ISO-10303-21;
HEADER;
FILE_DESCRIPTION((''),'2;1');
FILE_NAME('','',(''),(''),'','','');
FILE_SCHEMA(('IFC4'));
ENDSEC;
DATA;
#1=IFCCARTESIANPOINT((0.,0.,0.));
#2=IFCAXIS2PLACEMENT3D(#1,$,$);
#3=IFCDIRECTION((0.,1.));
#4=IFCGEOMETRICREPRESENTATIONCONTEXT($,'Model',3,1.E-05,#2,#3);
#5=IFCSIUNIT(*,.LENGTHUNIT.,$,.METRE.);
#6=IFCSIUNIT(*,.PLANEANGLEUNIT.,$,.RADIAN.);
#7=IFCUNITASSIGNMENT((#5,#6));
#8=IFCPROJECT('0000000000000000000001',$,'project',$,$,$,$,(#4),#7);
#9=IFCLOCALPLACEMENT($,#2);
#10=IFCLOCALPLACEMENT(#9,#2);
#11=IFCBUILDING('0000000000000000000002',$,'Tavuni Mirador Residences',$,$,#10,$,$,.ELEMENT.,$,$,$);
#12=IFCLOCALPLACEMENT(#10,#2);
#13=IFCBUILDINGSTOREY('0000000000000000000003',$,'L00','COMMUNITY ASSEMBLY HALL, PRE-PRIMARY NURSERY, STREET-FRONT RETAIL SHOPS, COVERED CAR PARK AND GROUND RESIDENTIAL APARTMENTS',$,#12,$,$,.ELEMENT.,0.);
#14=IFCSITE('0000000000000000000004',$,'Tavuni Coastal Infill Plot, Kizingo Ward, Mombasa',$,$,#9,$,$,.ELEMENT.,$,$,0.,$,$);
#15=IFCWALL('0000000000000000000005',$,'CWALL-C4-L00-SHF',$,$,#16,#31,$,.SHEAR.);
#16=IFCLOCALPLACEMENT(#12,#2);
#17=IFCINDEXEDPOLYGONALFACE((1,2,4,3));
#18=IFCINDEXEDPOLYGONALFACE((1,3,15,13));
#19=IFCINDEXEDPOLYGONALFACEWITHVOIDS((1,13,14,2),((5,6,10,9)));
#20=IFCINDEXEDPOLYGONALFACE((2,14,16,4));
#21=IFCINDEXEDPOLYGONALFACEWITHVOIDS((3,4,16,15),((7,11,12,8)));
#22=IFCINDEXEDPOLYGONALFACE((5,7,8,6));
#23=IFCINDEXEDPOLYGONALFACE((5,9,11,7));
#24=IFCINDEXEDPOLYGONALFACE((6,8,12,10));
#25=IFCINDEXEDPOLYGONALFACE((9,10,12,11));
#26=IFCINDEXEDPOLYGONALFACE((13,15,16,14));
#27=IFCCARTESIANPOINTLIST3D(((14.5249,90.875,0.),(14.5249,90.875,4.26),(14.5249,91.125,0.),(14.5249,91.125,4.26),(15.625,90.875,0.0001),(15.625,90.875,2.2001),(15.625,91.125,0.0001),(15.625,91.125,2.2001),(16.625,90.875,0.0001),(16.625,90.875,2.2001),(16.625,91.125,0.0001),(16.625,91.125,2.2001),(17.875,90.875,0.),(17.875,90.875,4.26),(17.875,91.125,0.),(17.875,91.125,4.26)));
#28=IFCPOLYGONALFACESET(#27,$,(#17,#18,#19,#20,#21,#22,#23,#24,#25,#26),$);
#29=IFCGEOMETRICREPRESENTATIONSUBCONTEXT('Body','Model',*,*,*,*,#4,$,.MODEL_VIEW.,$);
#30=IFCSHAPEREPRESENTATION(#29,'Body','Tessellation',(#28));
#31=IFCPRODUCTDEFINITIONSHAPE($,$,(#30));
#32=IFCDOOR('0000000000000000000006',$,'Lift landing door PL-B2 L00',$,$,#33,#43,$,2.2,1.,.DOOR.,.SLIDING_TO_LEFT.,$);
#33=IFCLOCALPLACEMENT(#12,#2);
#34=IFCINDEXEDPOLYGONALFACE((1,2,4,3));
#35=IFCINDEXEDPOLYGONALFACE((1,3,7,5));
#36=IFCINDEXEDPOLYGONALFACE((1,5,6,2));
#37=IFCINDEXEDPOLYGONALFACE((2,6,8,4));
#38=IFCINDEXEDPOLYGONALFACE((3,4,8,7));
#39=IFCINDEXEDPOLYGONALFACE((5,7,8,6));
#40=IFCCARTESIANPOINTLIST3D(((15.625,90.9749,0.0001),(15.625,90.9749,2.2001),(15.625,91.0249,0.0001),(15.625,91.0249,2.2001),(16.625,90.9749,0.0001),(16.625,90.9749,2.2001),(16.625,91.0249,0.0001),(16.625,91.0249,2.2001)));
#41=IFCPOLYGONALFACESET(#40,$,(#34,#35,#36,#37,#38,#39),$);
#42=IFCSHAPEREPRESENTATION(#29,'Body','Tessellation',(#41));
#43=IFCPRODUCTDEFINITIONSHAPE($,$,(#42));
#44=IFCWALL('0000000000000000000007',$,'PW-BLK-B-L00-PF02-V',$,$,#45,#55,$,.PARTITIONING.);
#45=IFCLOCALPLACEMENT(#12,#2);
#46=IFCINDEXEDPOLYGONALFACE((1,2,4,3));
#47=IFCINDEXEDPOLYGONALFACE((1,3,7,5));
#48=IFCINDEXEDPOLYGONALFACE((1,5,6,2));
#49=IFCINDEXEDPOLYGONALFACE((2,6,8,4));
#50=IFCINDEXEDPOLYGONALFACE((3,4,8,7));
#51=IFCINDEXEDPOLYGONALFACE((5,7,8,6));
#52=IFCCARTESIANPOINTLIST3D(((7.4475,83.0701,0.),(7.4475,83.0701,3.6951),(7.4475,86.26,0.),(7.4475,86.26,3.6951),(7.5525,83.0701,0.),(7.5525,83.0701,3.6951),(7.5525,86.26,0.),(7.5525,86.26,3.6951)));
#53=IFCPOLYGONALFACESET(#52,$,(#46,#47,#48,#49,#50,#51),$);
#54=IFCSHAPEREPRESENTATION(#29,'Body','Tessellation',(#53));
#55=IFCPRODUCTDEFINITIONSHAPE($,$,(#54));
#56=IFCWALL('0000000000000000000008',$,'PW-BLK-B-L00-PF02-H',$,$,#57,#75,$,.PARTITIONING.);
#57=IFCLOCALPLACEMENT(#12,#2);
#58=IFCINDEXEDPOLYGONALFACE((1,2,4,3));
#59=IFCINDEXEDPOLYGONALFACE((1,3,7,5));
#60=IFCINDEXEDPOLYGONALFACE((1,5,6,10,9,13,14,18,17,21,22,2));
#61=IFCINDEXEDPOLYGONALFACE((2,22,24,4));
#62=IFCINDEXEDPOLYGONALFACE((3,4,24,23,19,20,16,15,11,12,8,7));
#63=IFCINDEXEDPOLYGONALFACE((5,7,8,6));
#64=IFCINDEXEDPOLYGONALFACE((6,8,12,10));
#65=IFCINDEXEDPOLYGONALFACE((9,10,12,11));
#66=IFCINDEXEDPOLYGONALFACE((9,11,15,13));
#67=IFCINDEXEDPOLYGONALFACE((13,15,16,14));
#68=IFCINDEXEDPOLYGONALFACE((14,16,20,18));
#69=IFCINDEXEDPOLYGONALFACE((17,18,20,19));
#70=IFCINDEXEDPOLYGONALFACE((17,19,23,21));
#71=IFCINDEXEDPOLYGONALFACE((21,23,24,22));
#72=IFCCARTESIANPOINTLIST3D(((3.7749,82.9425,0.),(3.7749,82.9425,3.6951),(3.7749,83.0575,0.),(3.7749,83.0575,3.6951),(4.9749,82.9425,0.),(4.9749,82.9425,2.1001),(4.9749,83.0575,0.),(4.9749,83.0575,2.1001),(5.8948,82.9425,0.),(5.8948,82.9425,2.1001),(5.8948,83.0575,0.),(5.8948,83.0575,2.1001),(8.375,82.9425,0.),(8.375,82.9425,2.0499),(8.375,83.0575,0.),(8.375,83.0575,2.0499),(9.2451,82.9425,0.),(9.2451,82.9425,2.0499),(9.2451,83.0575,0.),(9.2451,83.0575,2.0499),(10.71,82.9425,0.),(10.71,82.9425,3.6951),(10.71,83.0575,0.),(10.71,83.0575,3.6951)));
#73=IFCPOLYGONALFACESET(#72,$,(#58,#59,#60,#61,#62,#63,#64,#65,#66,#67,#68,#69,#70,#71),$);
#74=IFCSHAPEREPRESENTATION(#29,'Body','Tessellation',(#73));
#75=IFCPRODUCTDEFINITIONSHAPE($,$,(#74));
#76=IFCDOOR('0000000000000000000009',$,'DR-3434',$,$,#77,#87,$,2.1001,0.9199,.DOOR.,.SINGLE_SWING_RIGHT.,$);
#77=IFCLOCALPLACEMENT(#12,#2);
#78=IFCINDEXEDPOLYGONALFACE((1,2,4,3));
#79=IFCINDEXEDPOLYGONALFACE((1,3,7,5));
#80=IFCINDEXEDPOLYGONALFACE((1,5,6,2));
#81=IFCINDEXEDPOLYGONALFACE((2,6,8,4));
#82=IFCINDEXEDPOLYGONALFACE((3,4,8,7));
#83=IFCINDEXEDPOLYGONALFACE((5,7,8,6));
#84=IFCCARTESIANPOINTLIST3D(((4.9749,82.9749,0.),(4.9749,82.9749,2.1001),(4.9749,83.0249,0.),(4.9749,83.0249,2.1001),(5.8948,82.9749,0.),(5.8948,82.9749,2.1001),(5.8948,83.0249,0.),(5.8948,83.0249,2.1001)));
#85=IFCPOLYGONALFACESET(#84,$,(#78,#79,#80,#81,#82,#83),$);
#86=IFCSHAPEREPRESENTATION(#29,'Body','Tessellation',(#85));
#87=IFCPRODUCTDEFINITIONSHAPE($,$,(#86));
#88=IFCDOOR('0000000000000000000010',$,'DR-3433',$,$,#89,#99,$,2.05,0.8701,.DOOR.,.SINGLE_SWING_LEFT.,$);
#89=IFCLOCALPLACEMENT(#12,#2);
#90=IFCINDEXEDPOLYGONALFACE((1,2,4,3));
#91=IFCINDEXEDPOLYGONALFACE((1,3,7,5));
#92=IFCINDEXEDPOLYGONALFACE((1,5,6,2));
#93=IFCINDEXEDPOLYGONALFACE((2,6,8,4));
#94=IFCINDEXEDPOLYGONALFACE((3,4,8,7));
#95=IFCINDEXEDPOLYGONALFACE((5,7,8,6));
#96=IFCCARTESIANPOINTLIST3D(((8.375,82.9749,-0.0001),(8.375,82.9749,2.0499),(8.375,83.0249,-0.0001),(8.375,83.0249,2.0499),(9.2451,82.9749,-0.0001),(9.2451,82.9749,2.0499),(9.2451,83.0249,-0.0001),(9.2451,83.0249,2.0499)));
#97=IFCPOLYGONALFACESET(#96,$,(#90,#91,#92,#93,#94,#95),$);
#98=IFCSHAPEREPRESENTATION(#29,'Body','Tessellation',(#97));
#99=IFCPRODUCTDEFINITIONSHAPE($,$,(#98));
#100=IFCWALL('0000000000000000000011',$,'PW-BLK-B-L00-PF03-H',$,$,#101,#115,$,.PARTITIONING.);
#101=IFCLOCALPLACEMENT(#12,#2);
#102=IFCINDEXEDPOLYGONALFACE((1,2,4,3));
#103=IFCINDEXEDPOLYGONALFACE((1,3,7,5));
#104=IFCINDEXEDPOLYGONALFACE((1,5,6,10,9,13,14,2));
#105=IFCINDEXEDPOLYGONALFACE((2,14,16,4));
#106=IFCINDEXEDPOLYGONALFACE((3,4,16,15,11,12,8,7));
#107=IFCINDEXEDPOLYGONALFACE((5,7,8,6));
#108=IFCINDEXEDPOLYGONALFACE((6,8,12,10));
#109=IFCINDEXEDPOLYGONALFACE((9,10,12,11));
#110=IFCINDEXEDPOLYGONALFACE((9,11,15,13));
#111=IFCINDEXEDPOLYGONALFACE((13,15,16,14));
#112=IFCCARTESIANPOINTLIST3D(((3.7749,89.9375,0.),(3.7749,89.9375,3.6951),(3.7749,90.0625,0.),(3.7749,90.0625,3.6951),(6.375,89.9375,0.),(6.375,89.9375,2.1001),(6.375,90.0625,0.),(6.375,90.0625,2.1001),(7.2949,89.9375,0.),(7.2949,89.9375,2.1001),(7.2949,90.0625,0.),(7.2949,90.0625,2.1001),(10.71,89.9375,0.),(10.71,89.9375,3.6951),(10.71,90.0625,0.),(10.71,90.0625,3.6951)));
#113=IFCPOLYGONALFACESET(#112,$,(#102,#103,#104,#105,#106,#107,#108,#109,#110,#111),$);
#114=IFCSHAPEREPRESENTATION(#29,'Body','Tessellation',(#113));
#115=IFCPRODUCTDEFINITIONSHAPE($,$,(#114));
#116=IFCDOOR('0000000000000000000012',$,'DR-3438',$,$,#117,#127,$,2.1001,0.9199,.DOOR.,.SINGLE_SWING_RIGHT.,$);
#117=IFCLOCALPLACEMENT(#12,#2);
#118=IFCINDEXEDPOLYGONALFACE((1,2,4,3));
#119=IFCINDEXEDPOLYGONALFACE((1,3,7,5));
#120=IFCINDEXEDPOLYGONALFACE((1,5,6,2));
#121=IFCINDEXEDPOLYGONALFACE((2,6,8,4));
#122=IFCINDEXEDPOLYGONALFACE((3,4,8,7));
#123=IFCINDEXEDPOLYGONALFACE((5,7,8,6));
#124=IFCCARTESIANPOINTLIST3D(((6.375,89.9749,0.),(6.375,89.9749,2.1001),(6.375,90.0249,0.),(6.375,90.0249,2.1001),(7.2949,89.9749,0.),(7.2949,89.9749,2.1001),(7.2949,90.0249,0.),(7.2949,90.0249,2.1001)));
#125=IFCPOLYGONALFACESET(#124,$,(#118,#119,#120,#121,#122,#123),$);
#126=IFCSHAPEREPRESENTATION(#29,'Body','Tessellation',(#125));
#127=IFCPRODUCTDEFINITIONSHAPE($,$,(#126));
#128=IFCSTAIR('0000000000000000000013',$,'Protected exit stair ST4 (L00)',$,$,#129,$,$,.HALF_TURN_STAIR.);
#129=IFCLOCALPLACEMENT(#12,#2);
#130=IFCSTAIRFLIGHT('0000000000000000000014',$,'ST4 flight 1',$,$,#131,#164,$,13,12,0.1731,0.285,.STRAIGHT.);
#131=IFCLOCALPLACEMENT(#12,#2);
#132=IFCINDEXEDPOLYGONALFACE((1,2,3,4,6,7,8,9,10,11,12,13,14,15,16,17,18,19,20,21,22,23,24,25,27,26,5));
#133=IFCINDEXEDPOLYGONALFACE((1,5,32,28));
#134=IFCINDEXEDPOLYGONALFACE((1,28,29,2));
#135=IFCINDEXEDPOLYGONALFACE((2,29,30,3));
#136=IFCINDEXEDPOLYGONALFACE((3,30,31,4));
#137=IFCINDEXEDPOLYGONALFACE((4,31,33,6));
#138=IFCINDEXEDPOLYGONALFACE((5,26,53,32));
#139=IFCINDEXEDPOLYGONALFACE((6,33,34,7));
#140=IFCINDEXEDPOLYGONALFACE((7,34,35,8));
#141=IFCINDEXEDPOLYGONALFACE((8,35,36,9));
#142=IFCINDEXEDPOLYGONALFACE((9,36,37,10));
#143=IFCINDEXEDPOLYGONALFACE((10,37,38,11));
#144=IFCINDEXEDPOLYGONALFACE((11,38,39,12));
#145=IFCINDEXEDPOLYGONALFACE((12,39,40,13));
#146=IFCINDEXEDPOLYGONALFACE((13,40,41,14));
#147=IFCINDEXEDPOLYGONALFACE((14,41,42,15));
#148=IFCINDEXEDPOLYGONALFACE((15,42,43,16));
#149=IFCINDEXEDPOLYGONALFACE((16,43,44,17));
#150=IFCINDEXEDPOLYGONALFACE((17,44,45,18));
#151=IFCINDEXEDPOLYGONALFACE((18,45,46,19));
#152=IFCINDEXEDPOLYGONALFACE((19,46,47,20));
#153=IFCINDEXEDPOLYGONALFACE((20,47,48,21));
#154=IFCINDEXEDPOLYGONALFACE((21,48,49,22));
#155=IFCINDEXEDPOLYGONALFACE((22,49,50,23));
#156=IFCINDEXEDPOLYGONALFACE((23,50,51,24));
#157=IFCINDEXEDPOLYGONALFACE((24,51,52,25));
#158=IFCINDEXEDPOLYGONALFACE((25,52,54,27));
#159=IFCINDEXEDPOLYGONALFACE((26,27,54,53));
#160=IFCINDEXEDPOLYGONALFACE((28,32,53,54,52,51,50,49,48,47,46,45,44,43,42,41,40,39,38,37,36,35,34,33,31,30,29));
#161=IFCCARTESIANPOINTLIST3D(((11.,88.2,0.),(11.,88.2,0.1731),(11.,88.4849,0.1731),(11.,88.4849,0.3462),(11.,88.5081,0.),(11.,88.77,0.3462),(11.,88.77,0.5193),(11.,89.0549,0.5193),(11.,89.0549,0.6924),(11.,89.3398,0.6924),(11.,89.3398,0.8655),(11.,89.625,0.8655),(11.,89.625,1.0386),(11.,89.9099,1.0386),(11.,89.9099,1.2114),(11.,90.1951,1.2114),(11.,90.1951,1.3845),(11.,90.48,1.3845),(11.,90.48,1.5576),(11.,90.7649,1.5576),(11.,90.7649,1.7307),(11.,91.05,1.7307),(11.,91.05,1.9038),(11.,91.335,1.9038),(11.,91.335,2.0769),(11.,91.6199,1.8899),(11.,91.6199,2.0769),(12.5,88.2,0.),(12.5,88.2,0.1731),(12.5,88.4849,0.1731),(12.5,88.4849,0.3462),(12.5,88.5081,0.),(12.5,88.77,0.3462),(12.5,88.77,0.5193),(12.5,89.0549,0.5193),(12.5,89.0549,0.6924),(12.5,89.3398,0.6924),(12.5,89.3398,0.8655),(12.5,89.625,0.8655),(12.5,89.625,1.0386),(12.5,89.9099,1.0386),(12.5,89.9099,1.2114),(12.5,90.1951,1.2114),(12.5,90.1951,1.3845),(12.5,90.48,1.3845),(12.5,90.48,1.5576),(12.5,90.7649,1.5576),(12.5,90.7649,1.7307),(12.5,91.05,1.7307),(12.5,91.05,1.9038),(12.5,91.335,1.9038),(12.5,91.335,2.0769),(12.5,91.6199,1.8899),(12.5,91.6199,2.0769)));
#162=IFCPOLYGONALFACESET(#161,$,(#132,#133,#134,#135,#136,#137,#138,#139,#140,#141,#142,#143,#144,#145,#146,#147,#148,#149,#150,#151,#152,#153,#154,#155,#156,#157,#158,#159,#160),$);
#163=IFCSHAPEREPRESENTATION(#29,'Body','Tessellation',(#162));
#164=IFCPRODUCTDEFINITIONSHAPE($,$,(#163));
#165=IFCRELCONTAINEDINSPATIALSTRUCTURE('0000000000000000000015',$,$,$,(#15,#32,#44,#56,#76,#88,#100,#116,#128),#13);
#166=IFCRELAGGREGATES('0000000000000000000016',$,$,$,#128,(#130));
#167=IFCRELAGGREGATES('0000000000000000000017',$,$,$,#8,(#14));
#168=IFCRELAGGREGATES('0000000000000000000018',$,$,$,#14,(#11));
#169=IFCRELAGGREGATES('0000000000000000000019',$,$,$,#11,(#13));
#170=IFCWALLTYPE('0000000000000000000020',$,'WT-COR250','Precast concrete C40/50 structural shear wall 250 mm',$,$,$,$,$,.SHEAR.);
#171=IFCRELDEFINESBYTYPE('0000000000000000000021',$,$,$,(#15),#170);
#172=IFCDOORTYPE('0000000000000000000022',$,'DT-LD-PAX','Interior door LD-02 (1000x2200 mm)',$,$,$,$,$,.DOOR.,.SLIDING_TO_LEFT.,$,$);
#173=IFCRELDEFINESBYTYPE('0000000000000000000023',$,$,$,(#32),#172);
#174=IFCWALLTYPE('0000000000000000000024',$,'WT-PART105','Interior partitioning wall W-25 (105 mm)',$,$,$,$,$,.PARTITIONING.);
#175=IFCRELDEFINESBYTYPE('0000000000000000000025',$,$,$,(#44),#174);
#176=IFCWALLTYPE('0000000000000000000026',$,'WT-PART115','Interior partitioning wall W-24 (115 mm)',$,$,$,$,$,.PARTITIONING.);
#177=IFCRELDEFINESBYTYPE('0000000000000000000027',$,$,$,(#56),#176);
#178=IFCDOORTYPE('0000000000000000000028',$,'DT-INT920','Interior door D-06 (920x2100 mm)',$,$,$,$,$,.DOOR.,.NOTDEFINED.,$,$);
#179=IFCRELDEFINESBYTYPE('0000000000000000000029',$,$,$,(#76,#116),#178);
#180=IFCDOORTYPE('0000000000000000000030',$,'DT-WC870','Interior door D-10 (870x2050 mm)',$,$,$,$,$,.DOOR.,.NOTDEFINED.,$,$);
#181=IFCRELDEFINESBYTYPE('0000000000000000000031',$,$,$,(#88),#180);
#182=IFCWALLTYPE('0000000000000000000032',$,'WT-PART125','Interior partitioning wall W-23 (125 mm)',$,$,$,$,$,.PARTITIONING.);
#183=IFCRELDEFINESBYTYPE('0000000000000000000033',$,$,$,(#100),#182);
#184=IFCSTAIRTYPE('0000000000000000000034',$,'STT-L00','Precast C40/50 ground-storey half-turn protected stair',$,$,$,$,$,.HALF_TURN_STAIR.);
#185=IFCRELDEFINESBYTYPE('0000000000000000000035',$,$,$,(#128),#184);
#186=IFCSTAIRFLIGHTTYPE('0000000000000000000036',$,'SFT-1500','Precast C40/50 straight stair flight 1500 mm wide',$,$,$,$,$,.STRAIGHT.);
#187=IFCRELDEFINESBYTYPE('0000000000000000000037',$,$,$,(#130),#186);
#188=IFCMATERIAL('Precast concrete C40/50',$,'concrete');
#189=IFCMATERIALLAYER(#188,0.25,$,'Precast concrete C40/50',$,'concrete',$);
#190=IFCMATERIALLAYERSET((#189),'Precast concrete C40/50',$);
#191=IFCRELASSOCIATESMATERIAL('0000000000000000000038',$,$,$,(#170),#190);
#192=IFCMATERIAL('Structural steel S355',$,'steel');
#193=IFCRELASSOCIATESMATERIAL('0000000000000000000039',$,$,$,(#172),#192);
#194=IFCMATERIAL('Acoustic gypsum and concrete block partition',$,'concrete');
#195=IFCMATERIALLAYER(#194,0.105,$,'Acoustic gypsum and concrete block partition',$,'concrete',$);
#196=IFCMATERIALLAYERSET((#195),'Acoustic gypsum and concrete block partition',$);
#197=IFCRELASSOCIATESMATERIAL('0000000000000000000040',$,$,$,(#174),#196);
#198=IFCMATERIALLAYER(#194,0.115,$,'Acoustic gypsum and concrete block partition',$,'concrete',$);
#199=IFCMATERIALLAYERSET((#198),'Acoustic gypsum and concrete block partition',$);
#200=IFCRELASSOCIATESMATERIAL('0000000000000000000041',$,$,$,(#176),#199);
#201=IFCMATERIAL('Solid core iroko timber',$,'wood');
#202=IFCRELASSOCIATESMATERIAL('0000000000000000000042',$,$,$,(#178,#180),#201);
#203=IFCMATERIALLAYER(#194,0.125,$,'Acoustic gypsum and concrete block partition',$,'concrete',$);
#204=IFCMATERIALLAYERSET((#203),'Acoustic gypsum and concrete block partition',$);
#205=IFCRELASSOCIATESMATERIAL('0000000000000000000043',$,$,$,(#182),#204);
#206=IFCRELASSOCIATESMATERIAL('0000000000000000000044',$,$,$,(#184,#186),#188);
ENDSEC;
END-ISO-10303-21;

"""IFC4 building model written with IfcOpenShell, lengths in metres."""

from ifc_helpers import new_model, si_unit, direction, frame, frame_2d, origin, place, context, subcontext, project, spatial, polyline, rectangle, outline, extrude, material, layer, layer_set, type_object, element, fill, aggregate, save


model = new_model("IFC4")

# Units and contexts
model_context = context("Model", 3, precision=1e-05, world=origin(), true_north=direction((0.0, 1.0)))
body_context = subcontext(model_context, "Body", "Model", "MODEL_VIEW")
ifc_project = project(units=[si_unit("LENGTHUNIT", "METRE"), si_unit("PLANEANGLEUNIT", "RADIAN")], contexts=[model_context])

# Site, building, storey
site_placement = place(None, origin())
site = spatial("IfcSite", under=ifc_project, at=site_placement, Name="Tavuni Coastal Infill Plot, Kizingo Ward, Mombasa", CompositionType="ELEMENT", RefElevation=0.0)
building_placement = place(site_placement, origin())
building = spatial("IfcBuilding", under=site, at=building_placement, Name="Tavuni Mirador Residences", CompositionType="ELEMENT")
storey_placement = place(building_placement, origin())
storey = spatial("IfcBuildingStorey", under=building, at=storey_placement, Name="L00", Description="COMMUNITY ASSEMBLY HALL, PRE-PRIMARY NURSERY, STREET-FRONT RETAIL SHOPS, COVERED CAR PARK AND GROUND RESIDENTIAL APARTMENTS", CompositionType="ELEMENT", Elevation=0.0)

# Shared definitions
ifc_material_1 = material(Name="Precast concrete C40/50", Category="concrete")

# Shared definitions
ifc_material_2 = material(Name="Structural steel S355", Category="steel")

# Shared definitions
ifc_layer_1 = layer(ifc_material_1, 0.25, Name="Precast concrete C40/50", Category="concrete")
ifc_layer_set_1 = layer_set([ifc_layer_1], Name="Precast concrete C40/50")
wall_type_1 = type_object("IfcWallType", Name="WT-COR250", Description="Precast concrete C40/50 structural shear wall 250 mm", PredefinedType="SHEAR", material=ifc_layer_set_1)

# Wall, opening, door
ifc_material_3 = material(Name="Solid core iroko timber", Category="wood")
wall_1_placement = place(storey_placement, frame((14.5249, 91.0, 0.0), z_axis=(0.0, 0.0, 1.0), x_axis=(1.0, 0.0, 0.0)))
wall_1 = element("IfcWall", 1, at=wall_1_placement, inside=storey, type_object=wall_type_1, Name="CWALL-C4-L00-SHF", PredefinedType="SHEAR", context=body_context, shape_type="SweptSolid", body=[
    extrude(rectangle(XDim=3.3501, YDim=0.25, at=frame_2d((1.675, 0.0))), origin(), (0.0, 0.0, 1.0), 4.26),
])
opening_1_placement = place(wall_1_placement, frame((1.1001, 0.0, 0.0)))
opening_1 = element("IfcOpeningElement", 2, at=opening_1_placement, cuts=wall_1, PredefinedType="OPENING", context=body_context, shape_type="SweptSolid", body=[
    extrude(rectangle(XDim=1.0, YDim=2.2, at=frame_2d((0.5, 1.1001))), frame((0.0, 0.135, 0.0), z_axis=(0.0, -1.0, 0.0), x_axis=(1.0, 0.0, 0.0)), (0.0, 0.0, 1.0), 0.27),
])
door_type_1 = type_object("IfcDoorType", Name="DT-LD-PAX", Description="Interior door LD-02 (1000x2200 mm)", OperationType="SLIDING_TO_LEFT", PredefinedType="DOOR", material=ifc_material_2)
door_1_placement = place(opening_1_placement, origin())
door_1 = element("IfcDoor", 3, at=door_1_placement, inside=storey, type_object=door_type_1, Name="Lift landing door PL-B2 L00", OperationType="SLIDING_TO_LEFT", OverallHeight=2.2, OverallWidth=1.0, PredefinedType="DOOR", context=body_context, shape_type="SweptSolid", body=[
    extrude(rectangle(XDim=1.0, YDim=2.2, at=frame_2d((0.5, 1.1001))), frame((0.0, 0.0249, 0.0), z_axis=(0.0, -1.0, 0.0), x_axis=(1.0, 0.0, 0.0)), (0.0, 0.0, 1.0), 0.05),
])
fill(opening_1, door_1)

# Wall
ifc_material_4 = material(Name="Acoustic gypsum and concrete block partition", Category="concrete")
ifc_layer_2 = layer(ifc_material_4, 0.105, Name="Acoustic gypsum and concrete block partition", Category="concrete")
ifc_layer_set_2 = layer_set([ifc_layer_2], Name="Acoustic gypsum and concrete block partition")
wall_type_2 = type_object("IfcWallType", Name="WT-PART105", Description="Interior partitioning wall W-25 (105 mm)", PredefinedType="PARTITIONING", material=ifc_layer_set_2)
wall_2_placement = place(storey_placement, frame((7.5, 83.0701, 0.0), z_axis=(0.0, 0.0, 1.0), x_axis=(0.0, 1.0, 0.0)))
element("IfcWall", 4, at=wall_2_placement, inside=storey, type_object=wall_type_2, Name="PW-BLK-B-L00-PF02-V", PredefinedType="PARTITIONING", context=body_context, shape_type="SweptSolid", body=[
    extrude(rectangle(XDim=3.1899, YDim=0.105, at=frame_2d((1.595, 0.0))), origin(), (0.0, 0.0, 1.0), 3.6951),
])

# Wall, openings, doors
ifc_layer_3 = layer(ifc_material_4, 0.115, Name="Acoustic gypsum and concrete block partition", Category="concrete")
ifc_layer_set_3 = layer_set([ifc_layer_3], Name="Acoustic gypsum and concrete block partition")
wall_type_3 = type_object("IfcWallType", Name="WT-PART115", Description="Interior partitioning wall W-24 (115 mm)", PredefinedType="PARTITIONING", material=ifc_layer_set_3)
wall_3_placement = place(storey_placement, frame((3.7749, 83.0, 0.0), z_axis=(0.0, 0.0, 1.0), x_axis=(1.0, 0.0, 0.0)))
wall_3 = element("IfcWall", 5, at=wall_3_placement, inside=storey, type_object=wall_type_3, Name="PW-BLK-B-L00-PF02-H", PredefinedType="PARTITIONING", context=body_context, shape_type="SweptSolid", body=[
    extrude(rectangle(XDim=6.9351, YDim=0.115, at=frame_2d((3.4675, 0.0))), origin(), (0.0, 0.0, 1.0), 3.6951),
])
opening_2_placement = place(wall_3_placement, frame((4.6001, 0.0, 0.0)))
opening_2 = element("IfcOpeningElement", 6, at=opening_2_placement, cuts=wall_3, PredefinedType="OPENING", context=body_context, shape_type="SweptSolid", body=[
    extrude(rectangle(XDim=0.8701, YDim=2.05, at=frame_2d((0.4351, 1.0249))), frame((0.0, 0.0674, 0.0), z_axis=(0.0, -1.0, 0.0), x_axis=(1.0, 0.0, 0.0)), (0.0, 0.0, 1.0), 0.135),
])
opening_3_placement = place(wall_3_placement, frame((1.2, 0.0, 0.0)))
opening_3 = element("IfcOpeningElement", 7, at=opening_3_placement, cuts=wall_3, PredefinedType="OPENING", context=body_context, shape_type="SweptSolid", body=[
    extrude(rectangle(XDim=0.9199, YDim=2.1001, at=frame_2d((0.46, 1.05))), frame((0.0, 0.0674, 0.0), z_axis=(0.0, -1.0, 0.0), x_axis=(1.0, 0.0, 0.0)), (0.0, 0.0, 1.0), 0.135),
])
door_type_2 = type_object("IfcDoorType", Name="DT-INT920", Description="Interior door D-06 (920x2100 mm)", OperationType="NOTDEFINED", PredefinedType="DOOR", material=ifc_material_3)
door_2_placement = place(opening_3_placement, origin())
door_2 = element("IfcDoor", 8, at=door_2_placement, inside=storey, type_object=door_type_2, Name="DR-3434", OperationType="SINGLE_SWING_RIGHT", OverallHeight=2.1001, OverallWidth=0.9199, PredefinedType="DOOR", context=body_context, shape_type="SweptSolid", body=[
    extrude(rectangle(XDim=0.9199, YDim=2.1001, at=frame_2d((0.46, 1.05))), frame((0.0, 0.0249, 0.0), z_axis=(0.0, -1.0, 0.0), x_axis=(1.0, 0.0, 0.0)), (0.0, 0.0, 1.0), 0.05),
])
fill(opening_3, door_2)
door_type_3 = type_object("IfcDoorType", Name="DT-WC870", Description="Interior door D-10 (870x2050 mm)", OperationType="NOTDEFINED", PredefinedType="DOOR", material=ifc_material_3)
door_3_placement = place(opening_2_placement, origin())
door_3 = element("IfcDoor", 9, at=door_3_placement, inside=storey, type_object=door_type_3, Name="DR-3433", OperationType="SINGLE_SWING_LEFT", OverallHeight=2.05, OverallWidth=0.8701, PredefinedType="DOOR", context=body_context, shape_type="SweptSolid", body=[
    extrude(rectangle(XDim=0.8701, YDim=2.05, at=frame_2d((0.4351, 1.0249))), frame((0.0, 0.0249, 0.0), z_axis=(0.0, -1.0, 0.0), x_axis=(1.0, 0.0, 0.0)), (0.0, 0.0, 1.0), 0.05),
])
fill(opening_2, door_3)

# Wall, opening, door
ifc_layer_4 = layer(ifc_material_4, 0.125, Name="Acoustic gypsum and concrete block partition", Category="concrete")
ifc_layer_set_4 = layer_set([ifc_layer_4], Name="Acoustic gypsum and concrete block partition")
wall_type_4 = type_object("IfcWallType", Name="WT-PART125", Description="Interior partitioning wall W-23 (125 mm)", PredefinedType="PARTITIONING", material=ifc_layer_set_4)
wall_4_placement = place(storey_placement, frame((3.7749, 90.0, 0.0), z_axis=(0.0, 0.0, 1.0), x_axis=(1.0, 0.0, 0.0)))
wall_4 = element("IfcWall", 10, at=wall_4_placement, inside=storey, type_object=wall_type_4, Name="PW-BLK-B-L00-PF03-H", PredefinedType="PARTITIONING", context=body_context, shape_type="SweptSolid", body=[
    extrude(rectangle(XDim=6.9351, YDim=0.125, at=frame_2d((3.4675, 0.0))), origin(), (0.0, 0.0, 1.0), 3.6951),
])
opening_4_placement = place(wall_4_placement, frame((2.6001, 0.0, 0.0)))
opening_4 = element("IfcOpeningElement", 11, at=opening_4_placement, cuts=wall_4, PredefinedType="OPENING", context=body_context, shape_type="SweptSolid", body=[
    extrude(rectangle(XDim=0.9199, YDim=2.1001, at=frame_2d((0.46, 1.05))), frame((0.0, 0.0725, 0.0), z_axis=(0.0, -1.0, 0.0), x_axis=(1.0, 0.0, 0.0)), (0.0, 0.0, 1.0), 0.145),
])
door_4_placement = place(opening_4_placement, origin())
door_4 = element("IfcDoor", 12, at=door_4_placement, inside=storey, type_object=door_type_2, Name="DR-3438", OperationType="SINGLE_SWING_RIGHT", OverallHeight=2.1001, OverallWidth=0.9199, PredefinedType="DOOR", context=body_context, shape_type="SweptSolid", body=[
    extrude(rectangle(XDim=0.9199, YDim=2.1001, at=frame_2d((0.46, 1.05))), frame((0.0, 0.0249, 0.0), z_axis=(0.0, -1.0, 0.0), x_axis=(1.0, 0.0, 0.0)), (0.0, 0.0, 1.0), 0.05),
])
fill(opening_4, door_4)

# Stair, stair flight
stair_type = type_object("IfcStairType", Name="STT-L00", Description="Precast C40/50 ground-storey half-turn protected stair", PredefinedType="HALF_TURN_STAIR", material=ifc_material_1)
stair_placement = place(storey_placement, origin())
stair = element("IfcStair", 13, at=stair_placement, inside=storey, type_object=stair_type, Name="Protected exit stair ST4 (L00)", PredefinedType="HALF_TURN_STAIR")
stair_flight_type = type_object("IfcStairFlightType", Name="SFT-1500", Description="Precast C40/50 straight stair flight 1500 mm wide", PredefinedType="STRAIGHT", material=ifc_material_1)
stair_flight_1_placement = place(storey_placement, frame((11.75, 88.2, 0.0), z_axis=(0.0, 0.0, 1.0), x_axis=(0.0, 1.0, 0.0)))
stair_flight_1 = element("IfcStairFlight", 14, at=stair_flight_1_placement, type_object=stair_flight_type, Name="ST4 flight 1", NumberOfRisers=13, NumberOfTreads=12, PredefinedType="STRAIGHT", RiserHeight=0.1731, TreadLength=0.285, context=body_context, shape_type="SweptSolid", body=[
    extrude(outline(polyline([(0.0, 0.0), (0.0, 0.1731), (0.2849, 0.1731), (0.2849, 0.3462), (0.5701, 0.3462), (0.5701, 0.5193), (0.855, 0.5193), (0.855, 0.6924), (1.1399, 0.6924), (1.1399, 0.8655), (1.425, 0.8655), (1.425, 1.0386), (1.71, 1.0386), (1.71, 1.2114), (1.9951, 1.2114), (1.9951, 1.3845), (2.28, 1.3845), (2.28, 1.5576), (2.5649, 1.5576), (2.5649, 1.7307), (2.8501, 1.7307), (2.8501, 1.9038), (3.135, 1.9038), (3.135, 2.0769), (3.4199, 2.0769), (3.4199, 2.25), (3.4199, 1.8899), (0.3081, 0.0), (0.0, 0.0)])), frame((0.0, 0.75, 0.0), z_axis=(0.0, -1.0, 0.0), x_axis=(1.0, 0.0, 0.0)), (0.0, 0.0, 1.0), 1.5),
])
aggregate(stair, [stair_flight_1])

save(model, "model.ifc")
